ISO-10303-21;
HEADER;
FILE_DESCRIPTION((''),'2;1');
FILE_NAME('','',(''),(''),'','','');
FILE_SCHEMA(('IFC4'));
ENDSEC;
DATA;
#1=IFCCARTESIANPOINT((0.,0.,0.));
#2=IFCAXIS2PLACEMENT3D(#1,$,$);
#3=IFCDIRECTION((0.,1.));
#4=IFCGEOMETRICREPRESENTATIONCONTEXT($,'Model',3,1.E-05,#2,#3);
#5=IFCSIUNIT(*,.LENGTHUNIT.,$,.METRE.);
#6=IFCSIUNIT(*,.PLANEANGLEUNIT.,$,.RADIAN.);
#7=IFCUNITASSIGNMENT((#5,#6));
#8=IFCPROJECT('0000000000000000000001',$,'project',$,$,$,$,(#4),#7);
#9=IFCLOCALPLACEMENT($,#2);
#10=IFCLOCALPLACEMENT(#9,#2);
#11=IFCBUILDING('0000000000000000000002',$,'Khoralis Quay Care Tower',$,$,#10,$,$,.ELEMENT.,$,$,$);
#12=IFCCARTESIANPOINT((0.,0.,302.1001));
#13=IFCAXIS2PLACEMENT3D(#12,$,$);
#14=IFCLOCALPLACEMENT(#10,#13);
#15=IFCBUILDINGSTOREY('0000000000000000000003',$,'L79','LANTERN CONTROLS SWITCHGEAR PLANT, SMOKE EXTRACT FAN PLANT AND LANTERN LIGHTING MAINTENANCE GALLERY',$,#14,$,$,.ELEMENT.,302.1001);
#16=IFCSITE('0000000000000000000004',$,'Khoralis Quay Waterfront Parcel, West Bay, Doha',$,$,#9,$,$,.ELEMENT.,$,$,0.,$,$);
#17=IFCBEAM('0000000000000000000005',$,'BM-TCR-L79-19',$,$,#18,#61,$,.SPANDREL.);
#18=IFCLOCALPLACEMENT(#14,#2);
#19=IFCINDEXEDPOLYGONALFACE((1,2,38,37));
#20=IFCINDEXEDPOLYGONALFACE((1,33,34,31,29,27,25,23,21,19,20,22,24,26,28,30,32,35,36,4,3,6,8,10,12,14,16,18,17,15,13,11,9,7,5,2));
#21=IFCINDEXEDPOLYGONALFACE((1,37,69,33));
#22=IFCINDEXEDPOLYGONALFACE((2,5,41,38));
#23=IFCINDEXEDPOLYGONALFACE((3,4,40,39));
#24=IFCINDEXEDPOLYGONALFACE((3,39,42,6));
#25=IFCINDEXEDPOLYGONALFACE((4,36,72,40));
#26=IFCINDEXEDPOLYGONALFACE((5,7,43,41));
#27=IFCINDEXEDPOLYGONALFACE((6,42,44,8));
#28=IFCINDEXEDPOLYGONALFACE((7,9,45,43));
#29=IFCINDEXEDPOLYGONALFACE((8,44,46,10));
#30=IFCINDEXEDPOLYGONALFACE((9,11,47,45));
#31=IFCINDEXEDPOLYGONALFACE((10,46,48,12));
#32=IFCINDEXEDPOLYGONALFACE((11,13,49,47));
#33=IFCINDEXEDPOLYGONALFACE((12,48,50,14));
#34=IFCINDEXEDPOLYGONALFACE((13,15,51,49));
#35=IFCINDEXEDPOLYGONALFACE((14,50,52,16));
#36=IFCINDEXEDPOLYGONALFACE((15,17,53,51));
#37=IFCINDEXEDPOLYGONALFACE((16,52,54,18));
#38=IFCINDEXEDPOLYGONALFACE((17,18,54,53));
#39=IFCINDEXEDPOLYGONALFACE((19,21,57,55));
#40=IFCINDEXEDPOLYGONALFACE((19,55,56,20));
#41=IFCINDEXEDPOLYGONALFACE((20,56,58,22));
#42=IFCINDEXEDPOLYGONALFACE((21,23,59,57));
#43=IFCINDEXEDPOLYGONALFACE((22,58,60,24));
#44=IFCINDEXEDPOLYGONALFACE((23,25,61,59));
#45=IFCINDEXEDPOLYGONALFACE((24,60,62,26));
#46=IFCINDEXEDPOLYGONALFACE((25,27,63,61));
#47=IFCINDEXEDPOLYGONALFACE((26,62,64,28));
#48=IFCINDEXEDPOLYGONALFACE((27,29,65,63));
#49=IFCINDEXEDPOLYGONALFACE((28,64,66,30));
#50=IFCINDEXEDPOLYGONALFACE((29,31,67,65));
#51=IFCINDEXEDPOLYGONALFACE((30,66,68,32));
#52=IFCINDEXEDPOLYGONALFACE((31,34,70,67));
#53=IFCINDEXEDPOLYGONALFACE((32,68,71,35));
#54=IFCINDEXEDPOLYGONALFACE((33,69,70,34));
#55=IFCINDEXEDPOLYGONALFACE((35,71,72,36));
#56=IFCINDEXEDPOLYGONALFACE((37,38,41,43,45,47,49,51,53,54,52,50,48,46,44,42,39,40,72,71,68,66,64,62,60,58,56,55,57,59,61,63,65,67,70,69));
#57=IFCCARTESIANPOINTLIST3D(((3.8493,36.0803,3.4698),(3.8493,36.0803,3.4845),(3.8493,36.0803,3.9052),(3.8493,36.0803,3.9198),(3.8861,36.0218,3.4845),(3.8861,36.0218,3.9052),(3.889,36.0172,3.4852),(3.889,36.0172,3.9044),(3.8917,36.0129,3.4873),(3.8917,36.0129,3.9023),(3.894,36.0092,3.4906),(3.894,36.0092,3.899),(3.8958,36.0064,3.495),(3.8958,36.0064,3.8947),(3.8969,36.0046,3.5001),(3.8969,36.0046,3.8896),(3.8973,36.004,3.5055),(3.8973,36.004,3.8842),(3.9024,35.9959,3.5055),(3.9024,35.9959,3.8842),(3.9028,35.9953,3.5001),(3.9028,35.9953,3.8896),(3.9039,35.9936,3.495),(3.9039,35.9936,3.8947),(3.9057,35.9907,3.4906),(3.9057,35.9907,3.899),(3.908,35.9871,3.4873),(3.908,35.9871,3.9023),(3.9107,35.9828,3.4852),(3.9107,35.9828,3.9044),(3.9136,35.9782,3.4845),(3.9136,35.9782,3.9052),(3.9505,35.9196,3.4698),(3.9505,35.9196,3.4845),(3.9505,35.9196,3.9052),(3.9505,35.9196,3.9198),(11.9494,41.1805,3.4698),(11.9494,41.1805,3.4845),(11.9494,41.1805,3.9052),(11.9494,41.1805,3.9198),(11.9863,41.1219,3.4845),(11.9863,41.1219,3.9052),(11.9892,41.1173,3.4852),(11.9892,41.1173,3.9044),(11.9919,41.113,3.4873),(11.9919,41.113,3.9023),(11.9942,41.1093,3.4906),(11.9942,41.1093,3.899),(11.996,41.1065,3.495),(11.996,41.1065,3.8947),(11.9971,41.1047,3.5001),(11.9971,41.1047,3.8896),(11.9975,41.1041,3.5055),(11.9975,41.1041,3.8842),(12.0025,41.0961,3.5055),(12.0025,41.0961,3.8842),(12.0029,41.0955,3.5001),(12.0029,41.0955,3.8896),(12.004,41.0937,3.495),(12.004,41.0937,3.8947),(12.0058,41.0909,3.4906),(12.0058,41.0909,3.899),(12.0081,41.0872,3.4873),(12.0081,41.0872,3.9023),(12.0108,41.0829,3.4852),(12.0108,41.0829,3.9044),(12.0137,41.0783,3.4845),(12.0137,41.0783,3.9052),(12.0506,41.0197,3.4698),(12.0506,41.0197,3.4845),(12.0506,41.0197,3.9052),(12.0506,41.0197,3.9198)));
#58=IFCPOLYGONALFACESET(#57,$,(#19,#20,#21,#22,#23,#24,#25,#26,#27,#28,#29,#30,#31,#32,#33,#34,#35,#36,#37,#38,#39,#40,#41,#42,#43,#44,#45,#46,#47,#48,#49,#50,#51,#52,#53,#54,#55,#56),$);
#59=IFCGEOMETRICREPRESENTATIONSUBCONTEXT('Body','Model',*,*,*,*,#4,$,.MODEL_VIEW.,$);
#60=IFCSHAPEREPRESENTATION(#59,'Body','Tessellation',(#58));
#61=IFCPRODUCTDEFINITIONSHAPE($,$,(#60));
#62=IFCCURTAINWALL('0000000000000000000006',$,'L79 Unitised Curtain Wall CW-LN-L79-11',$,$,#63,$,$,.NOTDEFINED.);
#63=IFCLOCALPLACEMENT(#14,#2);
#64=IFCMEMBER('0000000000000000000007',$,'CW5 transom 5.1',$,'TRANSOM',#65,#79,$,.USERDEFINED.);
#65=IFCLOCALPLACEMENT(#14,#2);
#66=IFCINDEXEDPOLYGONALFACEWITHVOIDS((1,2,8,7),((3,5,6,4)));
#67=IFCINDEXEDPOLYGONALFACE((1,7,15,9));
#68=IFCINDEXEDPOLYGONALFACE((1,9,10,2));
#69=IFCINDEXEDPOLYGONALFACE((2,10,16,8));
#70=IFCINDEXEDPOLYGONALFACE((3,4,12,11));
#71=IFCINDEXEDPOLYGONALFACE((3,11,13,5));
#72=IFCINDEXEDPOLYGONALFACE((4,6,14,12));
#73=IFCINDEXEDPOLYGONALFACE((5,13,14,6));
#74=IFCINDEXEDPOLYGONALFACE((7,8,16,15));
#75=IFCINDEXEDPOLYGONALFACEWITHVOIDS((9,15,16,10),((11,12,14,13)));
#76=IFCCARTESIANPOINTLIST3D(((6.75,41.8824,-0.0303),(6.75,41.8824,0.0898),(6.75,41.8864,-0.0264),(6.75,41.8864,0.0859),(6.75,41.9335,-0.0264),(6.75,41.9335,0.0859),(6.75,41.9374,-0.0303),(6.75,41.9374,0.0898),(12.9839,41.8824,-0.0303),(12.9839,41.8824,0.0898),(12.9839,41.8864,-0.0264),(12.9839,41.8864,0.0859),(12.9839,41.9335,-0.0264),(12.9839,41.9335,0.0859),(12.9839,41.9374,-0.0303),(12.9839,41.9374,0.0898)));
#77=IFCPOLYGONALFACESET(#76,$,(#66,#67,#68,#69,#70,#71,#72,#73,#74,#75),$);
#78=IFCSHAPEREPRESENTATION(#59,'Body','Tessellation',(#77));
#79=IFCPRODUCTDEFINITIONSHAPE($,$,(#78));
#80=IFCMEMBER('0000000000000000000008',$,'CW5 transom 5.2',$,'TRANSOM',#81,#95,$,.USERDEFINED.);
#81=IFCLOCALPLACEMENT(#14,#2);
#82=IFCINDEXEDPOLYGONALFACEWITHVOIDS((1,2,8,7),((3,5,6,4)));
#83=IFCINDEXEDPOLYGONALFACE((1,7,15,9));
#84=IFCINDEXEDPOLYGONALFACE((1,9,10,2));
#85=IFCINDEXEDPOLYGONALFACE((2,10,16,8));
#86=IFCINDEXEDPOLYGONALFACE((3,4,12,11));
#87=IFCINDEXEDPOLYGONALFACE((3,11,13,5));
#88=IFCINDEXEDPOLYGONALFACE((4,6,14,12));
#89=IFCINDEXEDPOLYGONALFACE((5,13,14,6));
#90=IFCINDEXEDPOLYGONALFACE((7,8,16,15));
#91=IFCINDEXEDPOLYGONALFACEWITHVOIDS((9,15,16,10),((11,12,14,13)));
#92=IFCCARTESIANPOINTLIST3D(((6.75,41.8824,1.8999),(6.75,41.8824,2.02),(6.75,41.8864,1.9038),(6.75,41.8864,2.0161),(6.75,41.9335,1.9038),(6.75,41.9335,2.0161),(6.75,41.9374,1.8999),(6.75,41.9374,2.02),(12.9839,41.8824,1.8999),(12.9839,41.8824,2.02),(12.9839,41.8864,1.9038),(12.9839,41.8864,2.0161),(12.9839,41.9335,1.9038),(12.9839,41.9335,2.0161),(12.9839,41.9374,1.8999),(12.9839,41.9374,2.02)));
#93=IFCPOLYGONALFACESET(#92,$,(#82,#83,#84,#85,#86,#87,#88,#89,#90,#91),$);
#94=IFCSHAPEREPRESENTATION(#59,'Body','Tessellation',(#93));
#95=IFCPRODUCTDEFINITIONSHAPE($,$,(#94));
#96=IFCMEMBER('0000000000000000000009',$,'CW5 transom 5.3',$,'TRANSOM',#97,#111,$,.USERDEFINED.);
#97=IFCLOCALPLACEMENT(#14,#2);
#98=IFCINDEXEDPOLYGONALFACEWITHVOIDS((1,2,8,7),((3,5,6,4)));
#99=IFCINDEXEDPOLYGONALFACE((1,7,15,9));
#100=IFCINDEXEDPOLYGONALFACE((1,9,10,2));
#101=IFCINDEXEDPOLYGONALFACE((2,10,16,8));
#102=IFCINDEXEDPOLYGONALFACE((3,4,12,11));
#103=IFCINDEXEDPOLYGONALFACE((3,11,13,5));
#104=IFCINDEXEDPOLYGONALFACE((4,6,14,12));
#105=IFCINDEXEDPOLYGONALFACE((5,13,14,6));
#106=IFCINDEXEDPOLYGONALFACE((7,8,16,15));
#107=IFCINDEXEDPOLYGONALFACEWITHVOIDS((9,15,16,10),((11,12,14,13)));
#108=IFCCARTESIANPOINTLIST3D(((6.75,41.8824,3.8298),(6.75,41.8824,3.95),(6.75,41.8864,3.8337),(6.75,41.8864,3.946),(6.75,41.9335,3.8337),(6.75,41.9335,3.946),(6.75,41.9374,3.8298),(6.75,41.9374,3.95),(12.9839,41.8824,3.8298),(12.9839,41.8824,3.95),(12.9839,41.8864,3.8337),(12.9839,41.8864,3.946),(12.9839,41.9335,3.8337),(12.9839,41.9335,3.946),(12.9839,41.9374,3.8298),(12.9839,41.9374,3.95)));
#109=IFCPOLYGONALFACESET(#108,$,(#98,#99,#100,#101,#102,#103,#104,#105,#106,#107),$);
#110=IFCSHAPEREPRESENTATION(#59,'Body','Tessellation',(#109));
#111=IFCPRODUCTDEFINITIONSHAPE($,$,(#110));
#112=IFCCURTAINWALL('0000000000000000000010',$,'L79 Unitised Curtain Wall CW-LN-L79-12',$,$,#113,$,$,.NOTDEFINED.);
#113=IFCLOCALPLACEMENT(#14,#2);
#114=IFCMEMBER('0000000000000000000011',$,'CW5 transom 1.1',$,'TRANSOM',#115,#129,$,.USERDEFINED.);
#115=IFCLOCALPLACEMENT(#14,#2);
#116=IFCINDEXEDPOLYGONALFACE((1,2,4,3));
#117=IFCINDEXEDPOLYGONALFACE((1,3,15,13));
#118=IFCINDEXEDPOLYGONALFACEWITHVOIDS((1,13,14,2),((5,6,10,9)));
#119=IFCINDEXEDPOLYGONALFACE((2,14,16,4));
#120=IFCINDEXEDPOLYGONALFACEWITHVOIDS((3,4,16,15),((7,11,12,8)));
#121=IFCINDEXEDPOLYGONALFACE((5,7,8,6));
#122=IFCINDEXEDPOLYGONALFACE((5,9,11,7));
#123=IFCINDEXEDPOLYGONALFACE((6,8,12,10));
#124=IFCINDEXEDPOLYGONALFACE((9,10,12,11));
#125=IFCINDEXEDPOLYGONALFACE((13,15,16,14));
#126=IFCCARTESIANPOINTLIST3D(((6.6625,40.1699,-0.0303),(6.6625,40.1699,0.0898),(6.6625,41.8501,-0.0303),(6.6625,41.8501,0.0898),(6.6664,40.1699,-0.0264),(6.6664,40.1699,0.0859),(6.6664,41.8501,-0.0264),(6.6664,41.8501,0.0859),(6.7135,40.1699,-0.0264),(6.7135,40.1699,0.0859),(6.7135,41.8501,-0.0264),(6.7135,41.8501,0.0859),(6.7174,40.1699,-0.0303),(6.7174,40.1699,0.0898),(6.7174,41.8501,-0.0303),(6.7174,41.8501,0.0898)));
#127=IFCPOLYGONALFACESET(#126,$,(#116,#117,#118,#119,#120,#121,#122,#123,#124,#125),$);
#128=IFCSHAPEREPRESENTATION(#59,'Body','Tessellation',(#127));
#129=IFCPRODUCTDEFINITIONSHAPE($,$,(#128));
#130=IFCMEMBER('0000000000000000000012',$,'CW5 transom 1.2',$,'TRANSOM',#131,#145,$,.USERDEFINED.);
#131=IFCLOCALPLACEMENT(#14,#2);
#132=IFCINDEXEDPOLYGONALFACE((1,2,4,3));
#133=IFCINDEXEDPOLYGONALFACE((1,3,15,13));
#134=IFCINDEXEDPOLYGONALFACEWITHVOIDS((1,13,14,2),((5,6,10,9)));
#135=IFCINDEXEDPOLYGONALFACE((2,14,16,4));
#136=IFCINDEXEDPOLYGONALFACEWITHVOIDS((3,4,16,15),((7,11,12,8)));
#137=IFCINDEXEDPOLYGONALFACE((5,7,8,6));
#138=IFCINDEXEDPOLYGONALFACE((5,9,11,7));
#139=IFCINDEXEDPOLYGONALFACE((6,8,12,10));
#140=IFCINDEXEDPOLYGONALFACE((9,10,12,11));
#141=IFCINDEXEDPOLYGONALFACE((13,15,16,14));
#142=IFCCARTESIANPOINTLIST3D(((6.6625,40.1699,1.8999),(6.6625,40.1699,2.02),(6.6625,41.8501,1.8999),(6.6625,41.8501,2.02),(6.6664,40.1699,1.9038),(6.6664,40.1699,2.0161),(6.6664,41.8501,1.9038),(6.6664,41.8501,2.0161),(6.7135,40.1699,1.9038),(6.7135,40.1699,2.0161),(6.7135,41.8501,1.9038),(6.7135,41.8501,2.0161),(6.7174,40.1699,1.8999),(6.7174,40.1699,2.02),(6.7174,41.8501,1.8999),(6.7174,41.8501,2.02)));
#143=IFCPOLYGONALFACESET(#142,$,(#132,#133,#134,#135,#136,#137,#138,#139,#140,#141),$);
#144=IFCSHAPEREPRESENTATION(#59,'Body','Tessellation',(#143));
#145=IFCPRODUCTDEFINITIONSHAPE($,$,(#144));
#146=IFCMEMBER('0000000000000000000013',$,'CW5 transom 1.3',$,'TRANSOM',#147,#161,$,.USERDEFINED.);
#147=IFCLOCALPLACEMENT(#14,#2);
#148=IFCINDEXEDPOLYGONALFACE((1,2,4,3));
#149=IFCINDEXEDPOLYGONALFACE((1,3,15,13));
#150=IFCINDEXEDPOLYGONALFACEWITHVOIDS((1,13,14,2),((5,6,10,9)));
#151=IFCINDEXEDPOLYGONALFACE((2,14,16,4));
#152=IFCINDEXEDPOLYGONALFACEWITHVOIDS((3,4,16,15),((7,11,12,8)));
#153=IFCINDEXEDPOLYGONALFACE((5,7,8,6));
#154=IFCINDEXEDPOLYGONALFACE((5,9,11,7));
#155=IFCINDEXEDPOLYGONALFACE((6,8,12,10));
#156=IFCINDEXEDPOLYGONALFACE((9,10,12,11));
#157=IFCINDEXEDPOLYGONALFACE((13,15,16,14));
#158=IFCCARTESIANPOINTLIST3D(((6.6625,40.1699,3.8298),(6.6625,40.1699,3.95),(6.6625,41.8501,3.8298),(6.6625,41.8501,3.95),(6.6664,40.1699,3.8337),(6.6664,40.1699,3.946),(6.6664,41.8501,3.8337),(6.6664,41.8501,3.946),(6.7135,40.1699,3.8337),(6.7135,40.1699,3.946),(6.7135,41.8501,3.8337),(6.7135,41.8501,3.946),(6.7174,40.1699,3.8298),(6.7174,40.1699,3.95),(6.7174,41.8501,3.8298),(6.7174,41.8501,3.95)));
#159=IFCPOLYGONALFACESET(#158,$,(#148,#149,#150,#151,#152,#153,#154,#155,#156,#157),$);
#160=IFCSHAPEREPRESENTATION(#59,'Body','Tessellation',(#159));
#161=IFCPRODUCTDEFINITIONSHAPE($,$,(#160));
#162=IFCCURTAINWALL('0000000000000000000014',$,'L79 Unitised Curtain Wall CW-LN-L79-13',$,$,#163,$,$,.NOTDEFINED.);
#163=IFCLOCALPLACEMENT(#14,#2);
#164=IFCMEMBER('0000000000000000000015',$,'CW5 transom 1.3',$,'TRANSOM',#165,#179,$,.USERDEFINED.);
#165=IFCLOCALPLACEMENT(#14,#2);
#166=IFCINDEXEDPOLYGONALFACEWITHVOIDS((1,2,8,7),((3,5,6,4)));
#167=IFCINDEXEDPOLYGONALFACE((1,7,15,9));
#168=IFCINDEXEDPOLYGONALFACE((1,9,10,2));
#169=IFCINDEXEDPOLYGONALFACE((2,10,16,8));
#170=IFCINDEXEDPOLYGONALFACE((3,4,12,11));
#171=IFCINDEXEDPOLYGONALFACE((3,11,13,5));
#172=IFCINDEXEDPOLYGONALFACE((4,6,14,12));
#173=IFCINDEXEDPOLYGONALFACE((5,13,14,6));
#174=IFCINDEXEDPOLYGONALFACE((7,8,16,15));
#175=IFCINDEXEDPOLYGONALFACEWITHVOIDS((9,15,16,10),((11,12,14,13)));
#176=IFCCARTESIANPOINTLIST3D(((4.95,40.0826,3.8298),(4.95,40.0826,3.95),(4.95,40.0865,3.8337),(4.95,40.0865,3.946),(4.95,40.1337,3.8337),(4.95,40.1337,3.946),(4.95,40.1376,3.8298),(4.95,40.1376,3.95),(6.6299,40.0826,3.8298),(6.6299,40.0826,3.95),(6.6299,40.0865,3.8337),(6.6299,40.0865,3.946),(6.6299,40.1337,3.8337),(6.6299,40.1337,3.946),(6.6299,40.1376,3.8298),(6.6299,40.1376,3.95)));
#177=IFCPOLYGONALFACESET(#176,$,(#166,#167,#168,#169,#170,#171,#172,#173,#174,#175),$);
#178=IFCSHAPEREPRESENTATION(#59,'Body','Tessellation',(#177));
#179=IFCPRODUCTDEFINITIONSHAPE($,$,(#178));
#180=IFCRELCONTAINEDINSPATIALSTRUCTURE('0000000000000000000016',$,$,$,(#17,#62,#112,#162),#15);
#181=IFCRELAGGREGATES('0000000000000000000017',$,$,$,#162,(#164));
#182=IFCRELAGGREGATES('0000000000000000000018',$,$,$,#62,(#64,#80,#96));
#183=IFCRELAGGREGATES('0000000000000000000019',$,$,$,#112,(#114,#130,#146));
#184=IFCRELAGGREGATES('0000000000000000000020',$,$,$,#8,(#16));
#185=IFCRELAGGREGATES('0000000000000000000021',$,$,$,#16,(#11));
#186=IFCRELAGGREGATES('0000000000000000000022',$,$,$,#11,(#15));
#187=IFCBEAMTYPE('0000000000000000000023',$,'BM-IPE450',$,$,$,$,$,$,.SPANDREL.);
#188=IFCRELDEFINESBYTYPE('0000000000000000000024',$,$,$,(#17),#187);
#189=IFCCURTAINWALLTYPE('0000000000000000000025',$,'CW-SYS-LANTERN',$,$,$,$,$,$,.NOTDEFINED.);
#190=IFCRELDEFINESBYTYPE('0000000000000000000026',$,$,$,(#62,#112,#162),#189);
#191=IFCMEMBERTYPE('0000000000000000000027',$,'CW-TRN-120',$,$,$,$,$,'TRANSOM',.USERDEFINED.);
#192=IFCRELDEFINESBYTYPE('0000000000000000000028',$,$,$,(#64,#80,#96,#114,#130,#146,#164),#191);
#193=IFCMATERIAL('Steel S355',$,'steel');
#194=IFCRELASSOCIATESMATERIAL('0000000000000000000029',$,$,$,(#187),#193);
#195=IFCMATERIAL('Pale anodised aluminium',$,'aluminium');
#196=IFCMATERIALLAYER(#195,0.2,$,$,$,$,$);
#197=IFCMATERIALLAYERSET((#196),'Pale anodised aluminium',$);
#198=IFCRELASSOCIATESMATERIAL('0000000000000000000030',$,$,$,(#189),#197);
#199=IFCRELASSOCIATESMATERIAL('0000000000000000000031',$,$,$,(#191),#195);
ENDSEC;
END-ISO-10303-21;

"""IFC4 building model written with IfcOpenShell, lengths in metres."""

from ifc_helpers import new_model, si_unit, direction, frame, origin, origin_2d, place, context, subcontext, project, spatial, hollow_rectangle, i_section, extrude, source, transform, mapped, material, layer, layer_set, material_profile, profile_set, type_object, element, aggregate, save


model = new_model("IFC4")

# Units and contexts
model_context = context("Model", 3, precision=1e-05, world=origin(), true_north=direction((0.0, 1.0)))
body_context = subcontext(model_context, "Body", "Model", "MODEL_VIEW")
ifc_project = project(units=[si_unit("LENGTHUNIT", "METRE"), si_unit("PLANEANGLEUNIT", "RADIAN")], contexts=[model_context])

# Site, building, storey
site_placement = place(None, origin())
site = spatial("IfcSite", under=ifc_project, at=site_placement, Name="Khoralis Quay Waterfront Parcel, West Bay, Doha", CompositionType="ELEMENT", RefElevation=0.0)
building_placement = place(site_placement, origin())
building = spatial("IfcBuilding", under=site, at=building_placement, Name="Khoralis Quay Care Tower", CompositionType="ELEMENT")
storey_placement = place(building_placement, frame((0.0, 0.0, 302.1001)))
storey = spatial("IfcBuildingStorey", under=building, at=storey_placement, Name="L79", Description="LANTERN CONTROLS SWITCHGEAR PLANT, SMOKE EXTRACT FAN PLANT AND LANTERN LIGHTING MAINTENANCE GALLERY", CompositionType="ELEMENT", Elevation=302.1001)

# Beam
ifc_material_1 = material(Name="Steel S355", Category="steel")
ifc_material_profile_1 = material_profile(ifc_material_1, i_section(OverallWidth=0.1899, OverallDepth=0.45, WebThickness=0.0095, FlangeThickness=0.0146, FilletRadius=0.021, at=origin_2d()), Name="Steel S355")
ifc_profile_set_1 = profile_set([ifc_material_profile_1], Name="Steel S355")
beam_type_1 = type_object("IfcBeamType", Name="BM-IPE450", PredefinedType="SPANDREL", material=ifc_profile_set_1)
shared_shape_1 = source(origin(), body_context, "Body", "SweptSolid", [
    extrude(i_section(OverallWidth=0.1899, OverallDepth=0.45, WebThickness=0.0095, FlangeThickness=0.0146, FilletRadius=0.021, at=origin_2d()), origin(), (0.0, 0.0, 1.0), 9.572),
])
beam_1_placement = place(storey_placement, frame((12.0, 41.1001, 3.6948), z_axis=(-0.846231, -0.532816, 0.0), x_axis=(0.532816, -0.846231, 0.0)))
element("IfcBeam", 1, at=beam_1_placement, inside=storey, type_object=beam_type_1, Name="BM-TCR-L79-19", PredefinedType="SPANDREL", context=body_context, shape_type="MappedRepresentation", body=[
    mapped(shared_shape_1, transform((0.0, 0.0, 0.0), scale=1.0)),
])

# Curtain walls, members
ifc_material_2 = material(Name="Pale anodised aluminium", Category="aluminium")
ifc_layer_1 = layer(ifc_material_2, 0.2)
ifc_layer_set_1 = layer_set([ifc_layer_1], Name="Pale anodised aluminium")
curtain_wall_type = type_object("IfcCurtainWallType", Name="CW-SYS-LANTERN", PredefinedType="NOTDEFINED", material=ifc_layer_set_1)
curtain_wall_1_placement = place(storey_placement, origin())
curtain_wall_1 = element("IfcCurtainWall", 2, at=curtain_wall_1_placement, inside=storey, type_object=curtain_wall_type, Name="L79 Unitised Curtain Wall CW-LN-L79-11", PredefinedType="NOTDEFINED")
ifc_material_profile_2 = material_profile(ifc_material_2, hollow_rectangle(XDim=0.0549, YDim=0.1201, WallThickness=0.0039, at=origin_2d()), Name="Pale anodised aluminium")
ifc_profile_set_2 = profile_set([ifc_material_profile_2], Name="Pale anodised aluminium")
member_type_1 = type_object("IfcMemberType", Name="CW-TRN-120", ElementType="TRANSOM", PredefinedType="USERDEFINED", material=ifc_profile_set_2)
shared_shape_2 = source(origin(), body_context, "Body", "SweptSolid", [
    extrude(hollow_rectangle(XDim=0.0549, YDim=0.1201, WallThickness=0.0039, at=origin_2d()), origin(), (0.0, 0.0, 1.0), 6.2339),
])
member_1_placement = place(storey_placement, frame((12.9839, 41.9099, 0.0298), z_axis=(-1.0, 0.0, 0.0), x_axis=(0.0, -1.0, 0.0)))
member_1 = element("IfcMember", 3, at=member_1_placement, type_object=member_type_1, Name="CW5 transom 5.1", ObjectType="TRANSOM", PredefinedType="USERDEFINED", context=body_context, shape_type="MappedRepresentation", body=[
    mapped(shared_shape_2, transform((0.0, 0.0, 0.0), scale=1.0)),
])
member_2_placement = place(storey_placement, frame((12.9839, 41.9099, 1.96), z_axis=(-1.0, 0.0, 0.0), x_axis=(0.0, -1.0, 0.0)))
member_2 = element("IfcMember", 4, at=member_2_placement, type_object=member_type_1, Name="CW5 transom 5.2", ObjectType="TRANSOM", PredefinedType="USERDEFINED", context=body_context, shape_type="MappedRepresentation", body=[
    mapped(shared_shape_2, transform((0.0, 0.0, 0.0), scale=1.0)),
])
member_3_placement = place(storey_placement, frame((12.9839, 41.9099, 3.8899), z_axis=(-1.0, 0.0, 0.0), x_axis=(0.0, -1.0, 0.0)))
member_3 = element("IfcMember", 5, at=member_3_placement, type_object=member_type_1, Name="CW5 transom 5.3", ObjectType="TRANSOM", PredefinedType="USERDEFINED", context=body_context, shape_type="MappedRepresentation", body=[
    mapped(shared_shape_2, transform((0.0, 0.0, 0.0), scale=1.0)),
])
curtain_wall_2_placement = place(storey_placement, origin())
curtain_wall_2 = element("IfcCurtainWall", 6, at=curtain_wall_2_placement, inside=storey, type_object=curtain_wall_type, Name="L79 Unitised Curtain Wall CW-LN-L79-12", PredefinedType="NOTDEFINED")
shared_shape_3 = source(origin(), body_context, "Body", "SweptSolid", [
    extrude(hollow_rectangle(XDim=0.0549, YDim=0.1201, WallThickness=0.0039, at=origin_2d()), origin(), (0.0, 0.0, 1.0), 1.6802),
])
member_4_placement = place(storey_placement, frame((6.6899, 41.8501, 0.0298), z_axis=(0.0, -1.0, 0.0), x_axis=(1.0, 0.0, 0.0)))
member_4 = element("IfcMember", 7, at=member_4_placement, type_object=member_type_1, Name="CW5 transom 1.1", ObjectType="TRANSOM", PredefinedType="USERDEFINED", context=body_context, shape_type="MappedRepresentation", body=[
    mapped(shared_shape_3, transform((0.0, 0.0, 0.0), scale=1.0)),
])
member_5_placement = place(storey_placement, frame((6.6899, 41.8501, 1.96), z_axis=(0.0, -1.0, 0.0), x_axis=(1.0, 0.0, 0.0)))
member_5 = element("IfcMember", 8, at=member_5_placement, type_object=member_type_1, Name="CW5 transom 1.2", ObjectType="TRANSOM", PredefinedType="USERDEFINED", context=body_context, shape_type="MappedRepresentation", body=[
    mapped(shared_shape_3, transform((0.0, 0.0, 0.0), scale=1.0)),
])
member_6_placement = place(storey_placement, frame((6.6899, 41.8501, 3.8899), z_axis=(0.0, -1.0, 0.0), x_axis=(1.0, 0.0, 0.0)))
member_6 = element("IfcMember", 9, at=member_6_placement, type_object=member_type_1, Name="CW5 transom 1.3", ObjectType="TRANSOM", PredefinedType="USERDEFINED", context=body_context, shape_type="MappedRepresentation", body=[
    mapped(shared_shape_3, transform((0.0, 0.0, 0.0), scale=1.0)),
])

# Curtain wall, member
curtain_wall_3_placement = place(storey_placement, origin())
curtain_wall_3 = element("IfcCurtainWall", 10, at=curtain_wall_3_placement, inside=storey, type_object=curtain_wall_type, Name="L79 Unitised Curtain Wall CW-LN-L79-13", PredefinedType="NOTDEFINED")
shared_shape_4 = source(origin(), body_context, "Body", "SweptSolid", [
    extrude(hollow_rectangle(XDim=0.0549, YDim=0.1201, WallThickness=0.0039, at=origin_2d()), origin(), (0.0, 0.0, 1.0), 1.6799),
])
member_7_placement = place(storey_placement, frame((6.6299, 40.1101, 3.8899), z_axis=(-1.0, 0.0, 0.0), x_axis=(0.0, -1.0, 0.0)))
member_7 = element("IfcMember", 11, at=member_7_placement, type_object=member_type_1, Name="CW5 transom 1.3", ObjectType="TRANSOM", PredefinedType="USERDEFINED", context=body_context, shape_type="MappedRepresentation", body=[
    mapped(shared_shape_4, transform((0.0, 0.0, 0.0), scale=1.0)),
])

aggregate(curtain_wall_3, [member_7])

aggregate(curtain_wall_1, [member_1, member_2, member_3])
aggregate(curtain_wall_2, [member_4, member_5, member_6])

save(model, "model.ifc")
